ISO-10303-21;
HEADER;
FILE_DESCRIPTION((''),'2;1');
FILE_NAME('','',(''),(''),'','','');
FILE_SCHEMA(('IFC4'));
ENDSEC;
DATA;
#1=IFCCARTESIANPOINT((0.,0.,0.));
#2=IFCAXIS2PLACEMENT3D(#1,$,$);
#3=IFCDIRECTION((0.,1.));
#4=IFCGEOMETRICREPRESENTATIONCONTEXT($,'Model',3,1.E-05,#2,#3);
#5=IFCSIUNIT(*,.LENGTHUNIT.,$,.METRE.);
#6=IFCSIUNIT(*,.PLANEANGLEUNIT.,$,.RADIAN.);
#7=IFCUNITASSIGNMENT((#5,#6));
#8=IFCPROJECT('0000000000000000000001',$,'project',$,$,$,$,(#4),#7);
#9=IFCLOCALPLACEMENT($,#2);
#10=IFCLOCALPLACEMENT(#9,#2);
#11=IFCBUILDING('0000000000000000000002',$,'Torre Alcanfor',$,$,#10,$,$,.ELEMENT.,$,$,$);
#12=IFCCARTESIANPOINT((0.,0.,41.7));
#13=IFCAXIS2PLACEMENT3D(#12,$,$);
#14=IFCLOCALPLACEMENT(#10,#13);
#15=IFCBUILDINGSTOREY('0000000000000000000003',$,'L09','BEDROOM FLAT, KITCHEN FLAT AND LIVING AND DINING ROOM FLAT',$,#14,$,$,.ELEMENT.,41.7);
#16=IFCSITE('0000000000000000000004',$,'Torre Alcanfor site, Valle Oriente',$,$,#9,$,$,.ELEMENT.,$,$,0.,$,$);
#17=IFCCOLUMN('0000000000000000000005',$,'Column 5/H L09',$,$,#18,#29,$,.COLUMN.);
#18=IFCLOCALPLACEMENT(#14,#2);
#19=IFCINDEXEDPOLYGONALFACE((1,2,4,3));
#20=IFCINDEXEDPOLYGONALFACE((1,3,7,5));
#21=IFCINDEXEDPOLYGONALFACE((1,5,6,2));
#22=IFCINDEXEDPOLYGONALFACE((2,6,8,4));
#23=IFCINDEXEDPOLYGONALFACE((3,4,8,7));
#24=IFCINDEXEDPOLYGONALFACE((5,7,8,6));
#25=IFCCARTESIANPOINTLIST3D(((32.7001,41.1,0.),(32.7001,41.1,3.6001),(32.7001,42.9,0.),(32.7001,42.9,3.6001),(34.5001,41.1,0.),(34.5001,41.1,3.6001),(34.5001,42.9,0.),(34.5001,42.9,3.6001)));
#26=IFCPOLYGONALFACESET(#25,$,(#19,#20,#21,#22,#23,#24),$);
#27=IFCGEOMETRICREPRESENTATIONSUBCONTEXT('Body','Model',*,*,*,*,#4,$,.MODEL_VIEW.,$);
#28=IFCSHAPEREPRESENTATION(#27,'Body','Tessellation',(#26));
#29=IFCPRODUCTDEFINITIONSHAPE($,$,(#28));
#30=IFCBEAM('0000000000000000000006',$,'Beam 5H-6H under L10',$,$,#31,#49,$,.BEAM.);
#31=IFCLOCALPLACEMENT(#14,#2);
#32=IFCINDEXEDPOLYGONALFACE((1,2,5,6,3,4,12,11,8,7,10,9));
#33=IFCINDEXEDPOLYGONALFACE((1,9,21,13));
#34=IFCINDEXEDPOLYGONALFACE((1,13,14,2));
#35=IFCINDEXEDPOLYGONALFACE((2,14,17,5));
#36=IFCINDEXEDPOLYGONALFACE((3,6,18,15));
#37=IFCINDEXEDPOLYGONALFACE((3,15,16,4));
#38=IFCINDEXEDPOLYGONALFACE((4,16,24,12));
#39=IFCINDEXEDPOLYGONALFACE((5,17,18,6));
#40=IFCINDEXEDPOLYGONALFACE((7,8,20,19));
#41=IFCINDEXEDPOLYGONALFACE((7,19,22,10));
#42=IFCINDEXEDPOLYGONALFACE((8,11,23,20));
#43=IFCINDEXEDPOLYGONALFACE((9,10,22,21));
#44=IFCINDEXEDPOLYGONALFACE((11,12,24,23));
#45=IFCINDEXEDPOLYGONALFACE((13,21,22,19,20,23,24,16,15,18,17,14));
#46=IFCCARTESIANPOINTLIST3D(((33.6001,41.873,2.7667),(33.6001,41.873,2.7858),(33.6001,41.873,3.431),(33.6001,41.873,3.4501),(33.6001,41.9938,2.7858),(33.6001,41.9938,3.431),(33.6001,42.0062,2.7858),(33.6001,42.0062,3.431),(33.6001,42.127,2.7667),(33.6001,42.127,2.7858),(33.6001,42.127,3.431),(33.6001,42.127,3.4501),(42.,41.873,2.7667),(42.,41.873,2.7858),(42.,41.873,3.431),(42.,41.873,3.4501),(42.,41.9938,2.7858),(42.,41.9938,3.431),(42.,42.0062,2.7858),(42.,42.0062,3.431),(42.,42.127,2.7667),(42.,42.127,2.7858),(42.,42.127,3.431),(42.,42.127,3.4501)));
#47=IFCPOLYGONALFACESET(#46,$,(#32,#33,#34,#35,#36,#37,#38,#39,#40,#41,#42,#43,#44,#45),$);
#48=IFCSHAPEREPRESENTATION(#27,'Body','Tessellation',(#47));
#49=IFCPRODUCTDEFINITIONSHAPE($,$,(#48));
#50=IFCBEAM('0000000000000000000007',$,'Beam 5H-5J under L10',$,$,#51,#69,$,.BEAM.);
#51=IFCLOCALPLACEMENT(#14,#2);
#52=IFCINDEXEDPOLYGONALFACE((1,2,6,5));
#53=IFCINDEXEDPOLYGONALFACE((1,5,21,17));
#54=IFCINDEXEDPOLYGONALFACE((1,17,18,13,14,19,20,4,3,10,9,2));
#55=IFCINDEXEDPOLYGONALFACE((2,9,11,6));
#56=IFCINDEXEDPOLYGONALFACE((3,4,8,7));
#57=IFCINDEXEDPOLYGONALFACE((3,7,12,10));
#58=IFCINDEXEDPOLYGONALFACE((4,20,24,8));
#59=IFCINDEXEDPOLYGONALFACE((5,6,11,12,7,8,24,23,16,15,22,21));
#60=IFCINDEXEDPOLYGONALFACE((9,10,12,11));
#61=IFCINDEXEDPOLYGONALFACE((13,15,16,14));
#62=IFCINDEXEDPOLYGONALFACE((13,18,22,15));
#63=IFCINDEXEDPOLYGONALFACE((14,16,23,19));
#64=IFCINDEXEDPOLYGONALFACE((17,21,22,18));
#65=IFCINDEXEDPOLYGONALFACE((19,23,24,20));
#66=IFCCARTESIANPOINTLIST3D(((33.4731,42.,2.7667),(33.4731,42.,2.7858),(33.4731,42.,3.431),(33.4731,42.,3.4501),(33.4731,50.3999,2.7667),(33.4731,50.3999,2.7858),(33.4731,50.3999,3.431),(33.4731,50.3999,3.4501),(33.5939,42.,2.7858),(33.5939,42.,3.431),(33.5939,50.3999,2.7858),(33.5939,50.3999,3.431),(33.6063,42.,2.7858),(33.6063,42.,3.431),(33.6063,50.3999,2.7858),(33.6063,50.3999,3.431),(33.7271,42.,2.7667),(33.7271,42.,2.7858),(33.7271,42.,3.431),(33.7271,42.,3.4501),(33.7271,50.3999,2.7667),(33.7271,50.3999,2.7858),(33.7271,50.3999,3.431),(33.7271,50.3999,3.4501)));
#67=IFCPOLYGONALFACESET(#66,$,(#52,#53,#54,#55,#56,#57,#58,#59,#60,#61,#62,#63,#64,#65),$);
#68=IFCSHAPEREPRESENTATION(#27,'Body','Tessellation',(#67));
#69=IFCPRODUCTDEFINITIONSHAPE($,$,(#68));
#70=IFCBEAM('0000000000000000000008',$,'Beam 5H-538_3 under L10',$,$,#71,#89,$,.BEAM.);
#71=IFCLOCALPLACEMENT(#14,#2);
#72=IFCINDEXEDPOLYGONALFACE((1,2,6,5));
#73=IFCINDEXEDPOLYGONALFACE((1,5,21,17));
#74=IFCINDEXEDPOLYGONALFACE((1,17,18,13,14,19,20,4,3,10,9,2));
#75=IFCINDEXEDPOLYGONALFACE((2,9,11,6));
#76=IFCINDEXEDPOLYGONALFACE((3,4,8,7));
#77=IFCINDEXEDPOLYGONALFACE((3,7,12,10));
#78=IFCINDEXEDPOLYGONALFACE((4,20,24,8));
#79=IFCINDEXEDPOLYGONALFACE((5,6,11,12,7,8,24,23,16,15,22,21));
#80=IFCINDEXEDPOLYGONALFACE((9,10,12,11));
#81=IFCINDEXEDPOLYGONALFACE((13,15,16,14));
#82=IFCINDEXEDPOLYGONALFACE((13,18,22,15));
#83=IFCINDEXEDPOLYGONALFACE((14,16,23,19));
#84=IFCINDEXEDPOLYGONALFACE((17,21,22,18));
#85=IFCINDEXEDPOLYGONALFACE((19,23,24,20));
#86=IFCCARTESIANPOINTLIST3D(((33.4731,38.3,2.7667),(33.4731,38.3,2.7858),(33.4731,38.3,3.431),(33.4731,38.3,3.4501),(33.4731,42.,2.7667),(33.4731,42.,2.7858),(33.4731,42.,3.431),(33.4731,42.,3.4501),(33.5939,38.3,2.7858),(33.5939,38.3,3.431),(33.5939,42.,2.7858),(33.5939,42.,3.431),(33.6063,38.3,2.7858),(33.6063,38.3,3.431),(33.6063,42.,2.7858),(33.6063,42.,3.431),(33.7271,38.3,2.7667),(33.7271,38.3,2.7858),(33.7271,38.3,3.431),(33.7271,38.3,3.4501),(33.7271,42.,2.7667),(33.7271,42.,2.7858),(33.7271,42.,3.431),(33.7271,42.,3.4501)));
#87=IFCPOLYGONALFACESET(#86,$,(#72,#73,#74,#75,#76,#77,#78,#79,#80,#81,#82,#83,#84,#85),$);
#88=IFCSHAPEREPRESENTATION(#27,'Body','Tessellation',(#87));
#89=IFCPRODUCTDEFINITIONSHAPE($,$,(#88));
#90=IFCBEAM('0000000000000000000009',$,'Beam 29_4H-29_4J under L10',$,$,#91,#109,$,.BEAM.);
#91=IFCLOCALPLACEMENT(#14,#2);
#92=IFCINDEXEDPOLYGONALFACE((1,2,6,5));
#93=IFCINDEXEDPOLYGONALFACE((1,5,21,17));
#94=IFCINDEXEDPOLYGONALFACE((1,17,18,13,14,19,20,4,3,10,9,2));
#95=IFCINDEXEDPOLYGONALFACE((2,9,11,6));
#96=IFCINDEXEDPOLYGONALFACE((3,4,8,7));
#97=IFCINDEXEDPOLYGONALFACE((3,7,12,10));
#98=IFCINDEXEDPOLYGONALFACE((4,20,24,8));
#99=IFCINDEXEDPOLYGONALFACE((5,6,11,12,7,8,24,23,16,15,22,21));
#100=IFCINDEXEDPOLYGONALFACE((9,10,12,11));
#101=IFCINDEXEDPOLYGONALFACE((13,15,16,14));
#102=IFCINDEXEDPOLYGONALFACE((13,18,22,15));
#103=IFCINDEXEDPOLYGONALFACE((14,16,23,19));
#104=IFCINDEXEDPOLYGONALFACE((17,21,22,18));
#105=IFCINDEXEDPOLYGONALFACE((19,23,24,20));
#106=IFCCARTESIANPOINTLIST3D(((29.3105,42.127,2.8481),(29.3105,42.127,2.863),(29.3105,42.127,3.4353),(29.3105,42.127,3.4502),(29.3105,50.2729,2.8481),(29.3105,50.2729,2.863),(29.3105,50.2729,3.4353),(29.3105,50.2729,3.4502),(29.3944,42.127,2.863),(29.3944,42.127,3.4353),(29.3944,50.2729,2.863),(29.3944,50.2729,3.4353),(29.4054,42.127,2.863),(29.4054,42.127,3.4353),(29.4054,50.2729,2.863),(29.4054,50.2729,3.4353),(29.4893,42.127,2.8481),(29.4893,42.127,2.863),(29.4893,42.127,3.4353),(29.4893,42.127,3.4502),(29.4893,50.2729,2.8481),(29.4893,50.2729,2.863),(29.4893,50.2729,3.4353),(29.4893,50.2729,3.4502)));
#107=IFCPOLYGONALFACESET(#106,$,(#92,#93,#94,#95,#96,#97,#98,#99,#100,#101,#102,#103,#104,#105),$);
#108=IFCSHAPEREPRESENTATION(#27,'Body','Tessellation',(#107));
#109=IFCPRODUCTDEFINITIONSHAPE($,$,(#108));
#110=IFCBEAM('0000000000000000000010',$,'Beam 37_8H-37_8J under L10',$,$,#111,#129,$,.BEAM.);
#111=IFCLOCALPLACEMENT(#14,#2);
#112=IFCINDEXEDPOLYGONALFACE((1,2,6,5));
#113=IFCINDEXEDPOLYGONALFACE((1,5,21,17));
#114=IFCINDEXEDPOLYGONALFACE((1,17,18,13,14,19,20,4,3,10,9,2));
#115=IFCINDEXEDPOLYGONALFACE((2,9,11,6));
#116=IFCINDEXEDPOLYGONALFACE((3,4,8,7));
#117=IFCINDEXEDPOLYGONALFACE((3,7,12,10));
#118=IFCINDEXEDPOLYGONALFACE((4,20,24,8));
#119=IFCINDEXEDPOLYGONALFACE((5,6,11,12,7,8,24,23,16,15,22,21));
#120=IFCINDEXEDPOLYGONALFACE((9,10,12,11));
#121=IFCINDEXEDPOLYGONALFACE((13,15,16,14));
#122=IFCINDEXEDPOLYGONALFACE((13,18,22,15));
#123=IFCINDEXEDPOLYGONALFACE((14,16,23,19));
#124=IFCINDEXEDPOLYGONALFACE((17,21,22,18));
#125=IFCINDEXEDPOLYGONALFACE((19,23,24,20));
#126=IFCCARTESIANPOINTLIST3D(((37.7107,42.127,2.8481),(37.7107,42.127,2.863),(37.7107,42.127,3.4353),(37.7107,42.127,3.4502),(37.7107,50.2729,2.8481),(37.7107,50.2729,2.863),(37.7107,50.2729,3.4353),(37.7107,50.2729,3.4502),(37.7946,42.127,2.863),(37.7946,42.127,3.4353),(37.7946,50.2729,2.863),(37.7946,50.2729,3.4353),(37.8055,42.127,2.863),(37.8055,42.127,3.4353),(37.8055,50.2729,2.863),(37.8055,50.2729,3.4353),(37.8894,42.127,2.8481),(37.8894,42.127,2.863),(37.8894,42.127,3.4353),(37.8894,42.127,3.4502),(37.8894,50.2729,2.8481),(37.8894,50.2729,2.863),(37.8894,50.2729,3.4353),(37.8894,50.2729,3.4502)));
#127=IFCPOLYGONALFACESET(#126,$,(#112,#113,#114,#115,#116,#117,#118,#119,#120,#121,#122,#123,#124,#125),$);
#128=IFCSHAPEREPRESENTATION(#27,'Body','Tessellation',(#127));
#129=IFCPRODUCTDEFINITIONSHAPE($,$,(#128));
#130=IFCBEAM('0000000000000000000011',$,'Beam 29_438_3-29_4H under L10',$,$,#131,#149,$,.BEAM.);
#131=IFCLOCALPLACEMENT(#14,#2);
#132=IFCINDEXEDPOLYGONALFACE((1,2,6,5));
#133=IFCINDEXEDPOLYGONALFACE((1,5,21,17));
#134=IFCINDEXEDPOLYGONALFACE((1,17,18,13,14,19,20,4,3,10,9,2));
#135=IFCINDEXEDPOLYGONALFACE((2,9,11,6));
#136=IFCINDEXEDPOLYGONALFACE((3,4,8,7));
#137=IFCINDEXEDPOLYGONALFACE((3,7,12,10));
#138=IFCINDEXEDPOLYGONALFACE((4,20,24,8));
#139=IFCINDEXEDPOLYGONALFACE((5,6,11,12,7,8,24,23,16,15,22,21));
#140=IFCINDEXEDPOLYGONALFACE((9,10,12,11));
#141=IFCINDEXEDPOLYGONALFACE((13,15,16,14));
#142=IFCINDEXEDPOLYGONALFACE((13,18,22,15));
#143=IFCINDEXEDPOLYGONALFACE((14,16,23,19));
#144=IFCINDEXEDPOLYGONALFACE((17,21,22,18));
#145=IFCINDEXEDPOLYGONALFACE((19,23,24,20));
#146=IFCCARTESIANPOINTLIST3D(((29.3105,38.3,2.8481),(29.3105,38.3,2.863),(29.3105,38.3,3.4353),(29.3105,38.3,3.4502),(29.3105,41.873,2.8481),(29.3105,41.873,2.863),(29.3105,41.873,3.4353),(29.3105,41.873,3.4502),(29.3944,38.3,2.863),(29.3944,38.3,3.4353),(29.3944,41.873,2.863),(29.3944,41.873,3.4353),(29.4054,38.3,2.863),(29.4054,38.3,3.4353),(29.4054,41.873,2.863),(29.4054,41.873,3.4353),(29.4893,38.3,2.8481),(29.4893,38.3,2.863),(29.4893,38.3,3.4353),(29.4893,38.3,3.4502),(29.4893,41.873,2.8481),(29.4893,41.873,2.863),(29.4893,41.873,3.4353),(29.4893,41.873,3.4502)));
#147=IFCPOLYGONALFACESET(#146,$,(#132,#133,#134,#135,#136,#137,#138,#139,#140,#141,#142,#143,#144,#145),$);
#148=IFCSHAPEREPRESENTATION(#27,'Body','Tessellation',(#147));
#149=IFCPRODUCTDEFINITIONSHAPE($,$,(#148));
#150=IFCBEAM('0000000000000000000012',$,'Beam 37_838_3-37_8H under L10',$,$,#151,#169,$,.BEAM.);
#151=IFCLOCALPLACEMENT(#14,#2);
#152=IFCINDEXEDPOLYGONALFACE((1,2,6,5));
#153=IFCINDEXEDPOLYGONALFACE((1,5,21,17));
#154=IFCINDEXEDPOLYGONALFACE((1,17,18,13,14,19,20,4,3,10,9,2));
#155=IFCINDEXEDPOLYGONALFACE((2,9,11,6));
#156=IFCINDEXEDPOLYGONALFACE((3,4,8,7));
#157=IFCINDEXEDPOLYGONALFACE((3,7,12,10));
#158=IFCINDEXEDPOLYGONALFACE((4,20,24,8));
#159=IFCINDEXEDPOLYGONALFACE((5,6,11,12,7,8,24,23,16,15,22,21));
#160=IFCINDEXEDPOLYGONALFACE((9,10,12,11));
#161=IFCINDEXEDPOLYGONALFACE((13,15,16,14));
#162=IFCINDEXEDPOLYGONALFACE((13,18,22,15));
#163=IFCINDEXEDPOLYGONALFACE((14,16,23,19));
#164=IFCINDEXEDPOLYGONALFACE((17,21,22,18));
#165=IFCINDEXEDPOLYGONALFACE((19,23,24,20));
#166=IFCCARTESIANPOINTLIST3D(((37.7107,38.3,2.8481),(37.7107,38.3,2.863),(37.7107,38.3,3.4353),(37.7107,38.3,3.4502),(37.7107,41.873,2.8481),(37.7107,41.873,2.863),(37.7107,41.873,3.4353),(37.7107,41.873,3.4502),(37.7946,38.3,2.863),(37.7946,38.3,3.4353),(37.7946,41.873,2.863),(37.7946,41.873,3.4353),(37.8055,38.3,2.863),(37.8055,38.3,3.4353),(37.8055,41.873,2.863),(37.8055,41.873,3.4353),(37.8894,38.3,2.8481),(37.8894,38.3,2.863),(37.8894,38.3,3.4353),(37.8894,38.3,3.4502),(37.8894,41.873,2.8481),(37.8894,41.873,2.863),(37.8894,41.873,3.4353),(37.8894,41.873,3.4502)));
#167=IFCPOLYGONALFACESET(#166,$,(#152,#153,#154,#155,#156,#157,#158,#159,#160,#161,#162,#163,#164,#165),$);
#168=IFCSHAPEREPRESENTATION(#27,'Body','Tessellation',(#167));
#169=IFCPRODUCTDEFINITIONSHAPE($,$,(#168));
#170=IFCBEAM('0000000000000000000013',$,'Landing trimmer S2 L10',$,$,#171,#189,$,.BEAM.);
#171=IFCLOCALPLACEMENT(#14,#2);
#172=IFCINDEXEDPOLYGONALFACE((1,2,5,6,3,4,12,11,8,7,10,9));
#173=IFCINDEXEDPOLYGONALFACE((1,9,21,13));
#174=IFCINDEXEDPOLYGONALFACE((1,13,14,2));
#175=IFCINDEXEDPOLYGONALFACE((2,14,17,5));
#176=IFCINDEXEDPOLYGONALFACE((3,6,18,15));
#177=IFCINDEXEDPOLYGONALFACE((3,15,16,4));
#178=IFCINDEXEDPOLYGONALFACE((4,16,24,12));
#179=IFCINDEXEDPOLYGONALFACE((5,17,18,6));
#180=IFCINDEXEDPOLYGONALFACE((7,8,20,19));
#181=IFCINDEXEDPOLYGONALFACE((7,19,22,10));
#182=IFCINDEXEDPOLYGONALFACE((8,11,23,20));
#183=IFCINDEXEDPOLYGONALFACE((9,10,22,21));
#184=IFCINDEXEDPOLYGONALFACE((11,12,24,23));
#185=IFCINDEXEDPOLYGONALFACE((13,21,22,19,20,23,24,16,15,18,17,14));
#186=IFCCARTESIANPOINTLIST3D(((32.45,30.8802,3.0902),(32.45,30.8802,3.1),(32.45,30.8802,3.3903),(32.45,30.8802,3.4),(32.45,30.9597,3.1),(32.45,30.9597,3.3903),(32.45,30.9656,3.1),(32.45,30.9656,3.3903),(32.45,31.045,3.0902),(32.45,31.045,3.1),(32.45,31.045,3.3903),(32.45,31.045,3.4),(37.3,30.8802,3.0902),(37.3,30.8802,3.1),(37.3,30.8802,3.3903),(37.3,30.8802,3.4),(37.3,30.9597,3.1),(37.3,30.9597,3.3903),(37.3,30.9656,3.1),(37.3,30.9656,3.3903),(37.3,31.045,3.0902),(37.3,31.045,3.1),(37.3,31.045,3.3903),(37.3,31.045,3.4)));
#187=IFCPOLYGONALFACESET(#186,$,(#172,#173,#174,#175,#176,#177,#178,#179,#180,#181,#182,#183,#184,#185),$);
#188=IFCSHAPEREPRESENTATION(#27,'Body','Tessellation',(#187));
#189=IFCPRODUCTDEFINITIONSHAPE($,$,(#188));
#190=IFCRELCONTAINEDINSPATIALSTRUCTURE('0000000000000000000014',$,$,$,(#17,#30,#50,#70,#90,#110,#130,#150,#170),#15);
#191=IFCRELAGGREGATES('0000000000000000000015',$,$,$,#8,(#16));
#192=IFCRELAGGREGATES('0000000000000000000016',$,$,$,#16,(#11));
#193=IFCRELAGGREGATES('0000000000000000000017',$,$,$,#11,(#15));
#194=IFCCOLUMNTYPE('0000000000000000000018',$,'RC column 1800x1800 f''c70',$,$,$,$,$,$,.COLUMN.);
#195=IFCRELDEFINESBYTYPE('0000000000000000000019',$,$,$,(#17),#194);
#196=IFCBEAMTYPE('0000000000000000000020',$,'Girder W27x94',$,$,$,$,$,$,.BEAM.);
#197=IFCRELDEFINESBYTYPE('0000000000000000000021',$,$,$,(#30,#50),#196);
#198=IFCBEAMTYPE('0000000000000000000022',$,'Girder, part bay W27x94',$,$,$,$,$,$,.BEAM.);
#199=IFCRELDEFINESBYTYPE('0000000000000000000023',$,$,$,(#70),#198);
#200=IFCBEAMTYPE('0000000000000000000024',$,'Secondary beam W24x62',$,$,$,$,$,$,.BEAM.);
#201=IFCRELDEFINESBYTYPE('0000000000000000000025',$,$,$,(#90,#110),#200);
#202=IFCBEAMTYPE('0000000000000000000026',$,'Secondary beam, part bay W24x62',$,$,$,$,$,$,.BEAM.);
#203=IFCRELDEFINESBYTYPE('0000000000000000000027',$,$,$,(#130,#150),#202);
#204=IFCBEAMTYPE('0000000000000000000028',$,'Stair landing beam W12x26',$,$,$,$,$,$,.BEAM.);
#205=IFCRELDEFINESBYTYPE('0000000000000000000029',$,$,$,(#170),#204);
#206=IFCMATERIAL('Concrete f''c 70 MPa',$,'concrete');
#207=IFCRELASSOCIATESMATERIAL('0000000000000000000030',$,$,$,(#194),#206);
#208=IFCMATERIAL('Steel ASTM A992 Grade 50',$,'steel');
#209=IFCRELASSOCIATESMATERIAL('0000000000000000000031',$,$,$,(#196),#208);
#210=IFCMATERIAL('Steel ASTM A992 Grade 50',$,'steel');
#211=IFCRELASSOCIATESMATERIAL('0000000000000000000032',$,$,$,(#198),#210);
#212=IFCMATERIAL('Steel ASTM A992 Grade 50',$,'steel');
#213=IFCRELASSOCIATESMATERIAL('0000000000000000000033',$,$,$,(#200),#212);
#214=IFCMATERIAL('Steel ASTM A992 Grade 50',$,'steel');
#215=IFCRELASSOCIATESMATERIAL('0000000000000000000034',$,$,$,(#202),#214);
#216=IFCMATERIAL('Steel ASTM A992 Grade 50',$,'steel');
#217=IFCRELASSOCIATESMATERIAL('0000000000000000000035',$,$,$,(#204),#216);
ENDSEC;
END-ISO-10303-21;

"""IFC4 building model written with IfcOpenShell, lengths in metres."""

from ifc_helpers import new_model, si_unit, direction, frame, origin, origin_2d, place, context, subcontext, project, spatial, rectangle, i_section, extrude, material, material_profile, profile_set, type_object, element, save


model = new_model("IFC4")

# Units and contexts
model_context = context("Model", 3, precision=1e-05, world=origin(), true_north=direction((0.0, 1.0)))
body_context = subcontext(model_context, "Body", "Model", "MODEL_VIEW")
ifc_project = project(units=[si_unit("LENGTHUNIT", "METRE"), si_unit("PLANEANGLEUNIT", "RADIAN")], contexts=[model_context])

# Site, building, storey
site_placement = place(None, origin())
site = spatial("IfcSite", under=ifc_project, at=site_placement, Name="Torre Alcanfor site, Valle Oriente", CompositionType="ELEMENT", RefElevation=0.0)
building_placement = place(site_placement, origin())
building = spatial("IfcBuilding", under=site, at=building_placement, Name="Torre Alcanfor", CompositionType="ELEMENT")
storey_placement = place(building_placement, frame((0.0, 0.0, 41.7)))
storey = spatial("IfcBuildingStorey", under=building, at=storey_placement, Name="L09", Description="BEDROOM FLAT, KITCHEN FLAT AND LIVING AND DINING ROOM FLAT", CompositionType="ELEMENT", Elevation=41.7)

# Column
ifc_material_1 = material(Name="Concrete f'c 70 MPa", Category="concrete")
ifc_material_profile_1 = material_profile(ifc_material_1, rectangle(XDim=1.8, YDim=1.8, at=origin_2d()), Name="1800x1800")
ifc_profile_set_1 = profile_set([ifc_material_profile_1], Name="Concrete f'c 70 MPa")
column_type = type_object("IfcColumnType", Name="RC column 1800x1800 f'c70", PredefinedType="COLUMN", material=ifc_profile_set_1)
column_placement = place(storey_placement, frame((33.6001, 42.0, 0.0), z_axis=(0.0, 0.0, 1.0), x_axis=(1.0, 0.0, 0.0)))
element("IfcColumn", 1, at=column_placement, inside=storey, type_object=column_type, Name="Column 5/H L09", PredefinedType="COLUMN", context=body_context, shape_type="SweptSolid", body=[
    extrude(rectangle(XDim=1.8, YDim=1.8, at=origin_2d()), origin(), (0.0, 0.0, 1.0), 3.6001),
])

# Beams
ifc_material_2 = material(Name="Steel ASTM A992 Grade 50", Category="steel")
ifc_material_profile_2 = material_profile(ifc_material_2, i_section(OverallWidth=0.2539, OverallDepth=0.6833, WebThickness=0.0125, FlangeThickness=0.019, at=origin_2d()), Name="W27x94")
ifc_profile_set_2 = profile_set([ifc_material_profile_2], Name="Steel ASTM A992 Grade 50")
beam_type_1 = type_object("IfcBeamType", Name="Girder W27x94", PredefinedType="BEAM", material=ifc_profile_set_2)
for number, where, z_axis, x_axis, name in (
    (2, (33.6001, 42.0, 3.1084), (1.0, 0.0, 0.0), (0.0, 1.0, 0.0), "Beam 5H-6H under L10"),
    (3, (33.6001, 42.0, 3.1084), (0.0, 1.0, 0.0), (-1.0, 0.0, 0.0), "Beam 5H-5J under L10"),
):
    element("IfcBeam", number, at=place(storey_placement, frame(where, z_axis=z_axis, x_axis=x_axis)), inside=storey, type_object=beam_type_1, Name=name, PredefinedType="BEAM", context=body_context, shape_type="SweptSolid", body=[
        extrude(i_section(OverallWidth=0.2539, OverallDepth=0.6833, WebThickness=0.0125, FlangeThickness=0.019, at=origin_2d()), origin(), (0.0, 0.0, 1.0), 8.3999),
    ])
ifc_material_3 = material(Name="Steel ASTM A992 Grade 50", Category="steel")
ifc_material_profile_3 = material_profile(ifc_material_3, i_section(OverallWidth=0.2539, OverallDepth=0.6833, WebThickness=0.0125, FlangeThickness=0.019, at=origin_2d()), Name="W27x94")
ifc_profile_set_3 = profile_set([ifc_material_profile_3], Name="Steel ASTM A992 Grade 50")
beam_type_2 = type_object("IfcBeamType", Name="Girder, part bay W27x94", PredefinedType="BEAM", material=ifc_profile_set_3)
beam_1_placement = place(storey_placement, frame((33.6001, 42.0, 3.1084), z_axis=(0.0, -1.0, 0.0), x_axis=(1.0, 0.0, 0.0)))
element("IfcBeam", 4, at=beam_1_placement, inside=storey, type_object=beam_type_2, Name="Beam 5H-538_3 under L10", PredefinedType="BEAM", context=body_context, shape_type="SweptSolid", body=[
    extrude(i_section(OverallWidth=0.2539, OverallDepth=0.6833, WebThickness=0.0125, FlangeThickness=0.019, at=origin_2d()), origin(), (0.0, 0.0, 1.0), 3.7),
])
ifc_material_4 = material(Name="Steel ASTM A992 Grade 50", Category="steel")
ifc_material_profile_4 = material_profile(ifc_material_4, i_section(OverallWidth=0.1787, OverallDepth=0.6021, WebThickness=0.011, FlangeThickness=0.0149, at=origin_2d()), Name="W24x62")
ifc_profile_set_4 = profile_set([ifc_material_profile_4], Name="Steel ASTM A992 Grade 50")
beam_type_3 = type_object("IfcBeamType", Name="Secondary beam W24x62", PredefinedType="BEAM", material=ifc_profile_set_4)
for number, where, z_axis, x_axis, name in (
    (5, (29.3999, 42.127, 3.1492), (0.0, 1.0, 0.0), (-1.0, 0.0, 0.0), "Beam 29_4H-29_4J under L10"),
    (6, (37.8, 42.127, 3.1492), (0.0, 1.0, 0.0), (-1.0, 0.0, 0.0), "Beam 37_8H-37_8J under L10"),
):
    element("IfcBeam", number, at=place(storey_placement, frame(where, z_axis=z_axis, x_axis=x_axis)), inside=storey, type_object=beam_type_3, Name=name, PredefinedType="BEAM", context=body_context, shape_type="SweptSolid", body=[
        extrude(i_section(OverallWidth=0.1787, OverallDepth=0.6021, WebThickness=0.011, FlangeThickness=0.0149, at=origin_2d()), origin(), (0.0, 0.0, 1.0), 8.146),
    ])
ifc_material_5 = material(Name="Steel ASTM A992 Grade 50", Category="steel")
ifc_material_profile_5 = material_profile(ifc_material_5, i_section(OverallWidth=0.1787, OverallDepth=0.6021, WebThickness=0.011, FlangeThickness=0.0149, at=origin_2d()), Name="W24x62")
ifc_profile_set_5 = profile_set([ifc_material_profile_5], Name="Steel ASTM A992 Grade 50")
beam_type_4 = type_object("IfcBeamType", Name="Secondary beam, part bay W24x62", PredefinedType="BEAM", material=ifc_profile_set_5)
for number, where, z_axis, x_axis, name in (
    (7, (29.3999, 38.3, 3.1492), (0.0, 1.0, 0.0), (-1.0, 0.0, 0.0), "Beam 29_438_3-29_4H under L10"),
    (8, (37.8, 38.3, 3.1492), (0.0, 1.0, 0.0), (-1.0, 0.0, 0.0), "Beam 37_838_3-37_8H under L10"),
):
    element("IfcBeam", number, at=place(storey_placement, frame(where, z_axis=z_axis, x_axis=x_axis)), inside=storey, type_object=beam_type_4, Name=name, PredefinedType="BEAM", context=body_context, shape_type="SweptSolid", body=[
        extrude(i_section(OverallWidth=0.1787, OverallDepth=0.6021, WebThickness=0.011, FlangeThickness=0.0149, at=origin_2d()), origin(), (0.0, 0.0, 1.0), 3.573),
    ])
ifc_material_6 = material(Name="Steel ASTM A992 Grade 50", Category="steel")
ifc_material_profile_6 = material_profile(ifc_material_6, i_section(OverallWidth=0.1648, OverallDepth=0.3098, WebThickness=0.0059, FlangeThickness=0.0098, at=origin_2d()), Name="W12x26")
ifc_profile_set_6 = profile_set([ifc_material_profile_6], Name="Steel ASTM A992 Grade 50")
beam_type_5 = type_object("IfcBeamType", Name="Stair landing beam W12x26", PredefinedType="BEAM", material=ifc_profile_set_6)
beam_2_placement = place(storey_placement, frame((32.45, 30.9626, 3.2451), z_axis=(1.0, 0.0, 0.0), x_axis=(0.0, 1.0, 0.0)))
element("IfcBeam", 9, at=beam_2_placement, inside=storey, type_object=beam_type_5, Name="Landing trimmer S2 L10", PredefinedType="BEAM", context=body_context, shape_type="SweptSolid", body=[
    extrude(i_section(OverallWidth=0.1648, OverallDepth=0.3098, WebThickness=0.0059, FlangeThickness=0.0098, at=origin_2d()), origin(), (0.0, 0.0, 1.0), 4.8501),
])

save(model, "model.ifc")
